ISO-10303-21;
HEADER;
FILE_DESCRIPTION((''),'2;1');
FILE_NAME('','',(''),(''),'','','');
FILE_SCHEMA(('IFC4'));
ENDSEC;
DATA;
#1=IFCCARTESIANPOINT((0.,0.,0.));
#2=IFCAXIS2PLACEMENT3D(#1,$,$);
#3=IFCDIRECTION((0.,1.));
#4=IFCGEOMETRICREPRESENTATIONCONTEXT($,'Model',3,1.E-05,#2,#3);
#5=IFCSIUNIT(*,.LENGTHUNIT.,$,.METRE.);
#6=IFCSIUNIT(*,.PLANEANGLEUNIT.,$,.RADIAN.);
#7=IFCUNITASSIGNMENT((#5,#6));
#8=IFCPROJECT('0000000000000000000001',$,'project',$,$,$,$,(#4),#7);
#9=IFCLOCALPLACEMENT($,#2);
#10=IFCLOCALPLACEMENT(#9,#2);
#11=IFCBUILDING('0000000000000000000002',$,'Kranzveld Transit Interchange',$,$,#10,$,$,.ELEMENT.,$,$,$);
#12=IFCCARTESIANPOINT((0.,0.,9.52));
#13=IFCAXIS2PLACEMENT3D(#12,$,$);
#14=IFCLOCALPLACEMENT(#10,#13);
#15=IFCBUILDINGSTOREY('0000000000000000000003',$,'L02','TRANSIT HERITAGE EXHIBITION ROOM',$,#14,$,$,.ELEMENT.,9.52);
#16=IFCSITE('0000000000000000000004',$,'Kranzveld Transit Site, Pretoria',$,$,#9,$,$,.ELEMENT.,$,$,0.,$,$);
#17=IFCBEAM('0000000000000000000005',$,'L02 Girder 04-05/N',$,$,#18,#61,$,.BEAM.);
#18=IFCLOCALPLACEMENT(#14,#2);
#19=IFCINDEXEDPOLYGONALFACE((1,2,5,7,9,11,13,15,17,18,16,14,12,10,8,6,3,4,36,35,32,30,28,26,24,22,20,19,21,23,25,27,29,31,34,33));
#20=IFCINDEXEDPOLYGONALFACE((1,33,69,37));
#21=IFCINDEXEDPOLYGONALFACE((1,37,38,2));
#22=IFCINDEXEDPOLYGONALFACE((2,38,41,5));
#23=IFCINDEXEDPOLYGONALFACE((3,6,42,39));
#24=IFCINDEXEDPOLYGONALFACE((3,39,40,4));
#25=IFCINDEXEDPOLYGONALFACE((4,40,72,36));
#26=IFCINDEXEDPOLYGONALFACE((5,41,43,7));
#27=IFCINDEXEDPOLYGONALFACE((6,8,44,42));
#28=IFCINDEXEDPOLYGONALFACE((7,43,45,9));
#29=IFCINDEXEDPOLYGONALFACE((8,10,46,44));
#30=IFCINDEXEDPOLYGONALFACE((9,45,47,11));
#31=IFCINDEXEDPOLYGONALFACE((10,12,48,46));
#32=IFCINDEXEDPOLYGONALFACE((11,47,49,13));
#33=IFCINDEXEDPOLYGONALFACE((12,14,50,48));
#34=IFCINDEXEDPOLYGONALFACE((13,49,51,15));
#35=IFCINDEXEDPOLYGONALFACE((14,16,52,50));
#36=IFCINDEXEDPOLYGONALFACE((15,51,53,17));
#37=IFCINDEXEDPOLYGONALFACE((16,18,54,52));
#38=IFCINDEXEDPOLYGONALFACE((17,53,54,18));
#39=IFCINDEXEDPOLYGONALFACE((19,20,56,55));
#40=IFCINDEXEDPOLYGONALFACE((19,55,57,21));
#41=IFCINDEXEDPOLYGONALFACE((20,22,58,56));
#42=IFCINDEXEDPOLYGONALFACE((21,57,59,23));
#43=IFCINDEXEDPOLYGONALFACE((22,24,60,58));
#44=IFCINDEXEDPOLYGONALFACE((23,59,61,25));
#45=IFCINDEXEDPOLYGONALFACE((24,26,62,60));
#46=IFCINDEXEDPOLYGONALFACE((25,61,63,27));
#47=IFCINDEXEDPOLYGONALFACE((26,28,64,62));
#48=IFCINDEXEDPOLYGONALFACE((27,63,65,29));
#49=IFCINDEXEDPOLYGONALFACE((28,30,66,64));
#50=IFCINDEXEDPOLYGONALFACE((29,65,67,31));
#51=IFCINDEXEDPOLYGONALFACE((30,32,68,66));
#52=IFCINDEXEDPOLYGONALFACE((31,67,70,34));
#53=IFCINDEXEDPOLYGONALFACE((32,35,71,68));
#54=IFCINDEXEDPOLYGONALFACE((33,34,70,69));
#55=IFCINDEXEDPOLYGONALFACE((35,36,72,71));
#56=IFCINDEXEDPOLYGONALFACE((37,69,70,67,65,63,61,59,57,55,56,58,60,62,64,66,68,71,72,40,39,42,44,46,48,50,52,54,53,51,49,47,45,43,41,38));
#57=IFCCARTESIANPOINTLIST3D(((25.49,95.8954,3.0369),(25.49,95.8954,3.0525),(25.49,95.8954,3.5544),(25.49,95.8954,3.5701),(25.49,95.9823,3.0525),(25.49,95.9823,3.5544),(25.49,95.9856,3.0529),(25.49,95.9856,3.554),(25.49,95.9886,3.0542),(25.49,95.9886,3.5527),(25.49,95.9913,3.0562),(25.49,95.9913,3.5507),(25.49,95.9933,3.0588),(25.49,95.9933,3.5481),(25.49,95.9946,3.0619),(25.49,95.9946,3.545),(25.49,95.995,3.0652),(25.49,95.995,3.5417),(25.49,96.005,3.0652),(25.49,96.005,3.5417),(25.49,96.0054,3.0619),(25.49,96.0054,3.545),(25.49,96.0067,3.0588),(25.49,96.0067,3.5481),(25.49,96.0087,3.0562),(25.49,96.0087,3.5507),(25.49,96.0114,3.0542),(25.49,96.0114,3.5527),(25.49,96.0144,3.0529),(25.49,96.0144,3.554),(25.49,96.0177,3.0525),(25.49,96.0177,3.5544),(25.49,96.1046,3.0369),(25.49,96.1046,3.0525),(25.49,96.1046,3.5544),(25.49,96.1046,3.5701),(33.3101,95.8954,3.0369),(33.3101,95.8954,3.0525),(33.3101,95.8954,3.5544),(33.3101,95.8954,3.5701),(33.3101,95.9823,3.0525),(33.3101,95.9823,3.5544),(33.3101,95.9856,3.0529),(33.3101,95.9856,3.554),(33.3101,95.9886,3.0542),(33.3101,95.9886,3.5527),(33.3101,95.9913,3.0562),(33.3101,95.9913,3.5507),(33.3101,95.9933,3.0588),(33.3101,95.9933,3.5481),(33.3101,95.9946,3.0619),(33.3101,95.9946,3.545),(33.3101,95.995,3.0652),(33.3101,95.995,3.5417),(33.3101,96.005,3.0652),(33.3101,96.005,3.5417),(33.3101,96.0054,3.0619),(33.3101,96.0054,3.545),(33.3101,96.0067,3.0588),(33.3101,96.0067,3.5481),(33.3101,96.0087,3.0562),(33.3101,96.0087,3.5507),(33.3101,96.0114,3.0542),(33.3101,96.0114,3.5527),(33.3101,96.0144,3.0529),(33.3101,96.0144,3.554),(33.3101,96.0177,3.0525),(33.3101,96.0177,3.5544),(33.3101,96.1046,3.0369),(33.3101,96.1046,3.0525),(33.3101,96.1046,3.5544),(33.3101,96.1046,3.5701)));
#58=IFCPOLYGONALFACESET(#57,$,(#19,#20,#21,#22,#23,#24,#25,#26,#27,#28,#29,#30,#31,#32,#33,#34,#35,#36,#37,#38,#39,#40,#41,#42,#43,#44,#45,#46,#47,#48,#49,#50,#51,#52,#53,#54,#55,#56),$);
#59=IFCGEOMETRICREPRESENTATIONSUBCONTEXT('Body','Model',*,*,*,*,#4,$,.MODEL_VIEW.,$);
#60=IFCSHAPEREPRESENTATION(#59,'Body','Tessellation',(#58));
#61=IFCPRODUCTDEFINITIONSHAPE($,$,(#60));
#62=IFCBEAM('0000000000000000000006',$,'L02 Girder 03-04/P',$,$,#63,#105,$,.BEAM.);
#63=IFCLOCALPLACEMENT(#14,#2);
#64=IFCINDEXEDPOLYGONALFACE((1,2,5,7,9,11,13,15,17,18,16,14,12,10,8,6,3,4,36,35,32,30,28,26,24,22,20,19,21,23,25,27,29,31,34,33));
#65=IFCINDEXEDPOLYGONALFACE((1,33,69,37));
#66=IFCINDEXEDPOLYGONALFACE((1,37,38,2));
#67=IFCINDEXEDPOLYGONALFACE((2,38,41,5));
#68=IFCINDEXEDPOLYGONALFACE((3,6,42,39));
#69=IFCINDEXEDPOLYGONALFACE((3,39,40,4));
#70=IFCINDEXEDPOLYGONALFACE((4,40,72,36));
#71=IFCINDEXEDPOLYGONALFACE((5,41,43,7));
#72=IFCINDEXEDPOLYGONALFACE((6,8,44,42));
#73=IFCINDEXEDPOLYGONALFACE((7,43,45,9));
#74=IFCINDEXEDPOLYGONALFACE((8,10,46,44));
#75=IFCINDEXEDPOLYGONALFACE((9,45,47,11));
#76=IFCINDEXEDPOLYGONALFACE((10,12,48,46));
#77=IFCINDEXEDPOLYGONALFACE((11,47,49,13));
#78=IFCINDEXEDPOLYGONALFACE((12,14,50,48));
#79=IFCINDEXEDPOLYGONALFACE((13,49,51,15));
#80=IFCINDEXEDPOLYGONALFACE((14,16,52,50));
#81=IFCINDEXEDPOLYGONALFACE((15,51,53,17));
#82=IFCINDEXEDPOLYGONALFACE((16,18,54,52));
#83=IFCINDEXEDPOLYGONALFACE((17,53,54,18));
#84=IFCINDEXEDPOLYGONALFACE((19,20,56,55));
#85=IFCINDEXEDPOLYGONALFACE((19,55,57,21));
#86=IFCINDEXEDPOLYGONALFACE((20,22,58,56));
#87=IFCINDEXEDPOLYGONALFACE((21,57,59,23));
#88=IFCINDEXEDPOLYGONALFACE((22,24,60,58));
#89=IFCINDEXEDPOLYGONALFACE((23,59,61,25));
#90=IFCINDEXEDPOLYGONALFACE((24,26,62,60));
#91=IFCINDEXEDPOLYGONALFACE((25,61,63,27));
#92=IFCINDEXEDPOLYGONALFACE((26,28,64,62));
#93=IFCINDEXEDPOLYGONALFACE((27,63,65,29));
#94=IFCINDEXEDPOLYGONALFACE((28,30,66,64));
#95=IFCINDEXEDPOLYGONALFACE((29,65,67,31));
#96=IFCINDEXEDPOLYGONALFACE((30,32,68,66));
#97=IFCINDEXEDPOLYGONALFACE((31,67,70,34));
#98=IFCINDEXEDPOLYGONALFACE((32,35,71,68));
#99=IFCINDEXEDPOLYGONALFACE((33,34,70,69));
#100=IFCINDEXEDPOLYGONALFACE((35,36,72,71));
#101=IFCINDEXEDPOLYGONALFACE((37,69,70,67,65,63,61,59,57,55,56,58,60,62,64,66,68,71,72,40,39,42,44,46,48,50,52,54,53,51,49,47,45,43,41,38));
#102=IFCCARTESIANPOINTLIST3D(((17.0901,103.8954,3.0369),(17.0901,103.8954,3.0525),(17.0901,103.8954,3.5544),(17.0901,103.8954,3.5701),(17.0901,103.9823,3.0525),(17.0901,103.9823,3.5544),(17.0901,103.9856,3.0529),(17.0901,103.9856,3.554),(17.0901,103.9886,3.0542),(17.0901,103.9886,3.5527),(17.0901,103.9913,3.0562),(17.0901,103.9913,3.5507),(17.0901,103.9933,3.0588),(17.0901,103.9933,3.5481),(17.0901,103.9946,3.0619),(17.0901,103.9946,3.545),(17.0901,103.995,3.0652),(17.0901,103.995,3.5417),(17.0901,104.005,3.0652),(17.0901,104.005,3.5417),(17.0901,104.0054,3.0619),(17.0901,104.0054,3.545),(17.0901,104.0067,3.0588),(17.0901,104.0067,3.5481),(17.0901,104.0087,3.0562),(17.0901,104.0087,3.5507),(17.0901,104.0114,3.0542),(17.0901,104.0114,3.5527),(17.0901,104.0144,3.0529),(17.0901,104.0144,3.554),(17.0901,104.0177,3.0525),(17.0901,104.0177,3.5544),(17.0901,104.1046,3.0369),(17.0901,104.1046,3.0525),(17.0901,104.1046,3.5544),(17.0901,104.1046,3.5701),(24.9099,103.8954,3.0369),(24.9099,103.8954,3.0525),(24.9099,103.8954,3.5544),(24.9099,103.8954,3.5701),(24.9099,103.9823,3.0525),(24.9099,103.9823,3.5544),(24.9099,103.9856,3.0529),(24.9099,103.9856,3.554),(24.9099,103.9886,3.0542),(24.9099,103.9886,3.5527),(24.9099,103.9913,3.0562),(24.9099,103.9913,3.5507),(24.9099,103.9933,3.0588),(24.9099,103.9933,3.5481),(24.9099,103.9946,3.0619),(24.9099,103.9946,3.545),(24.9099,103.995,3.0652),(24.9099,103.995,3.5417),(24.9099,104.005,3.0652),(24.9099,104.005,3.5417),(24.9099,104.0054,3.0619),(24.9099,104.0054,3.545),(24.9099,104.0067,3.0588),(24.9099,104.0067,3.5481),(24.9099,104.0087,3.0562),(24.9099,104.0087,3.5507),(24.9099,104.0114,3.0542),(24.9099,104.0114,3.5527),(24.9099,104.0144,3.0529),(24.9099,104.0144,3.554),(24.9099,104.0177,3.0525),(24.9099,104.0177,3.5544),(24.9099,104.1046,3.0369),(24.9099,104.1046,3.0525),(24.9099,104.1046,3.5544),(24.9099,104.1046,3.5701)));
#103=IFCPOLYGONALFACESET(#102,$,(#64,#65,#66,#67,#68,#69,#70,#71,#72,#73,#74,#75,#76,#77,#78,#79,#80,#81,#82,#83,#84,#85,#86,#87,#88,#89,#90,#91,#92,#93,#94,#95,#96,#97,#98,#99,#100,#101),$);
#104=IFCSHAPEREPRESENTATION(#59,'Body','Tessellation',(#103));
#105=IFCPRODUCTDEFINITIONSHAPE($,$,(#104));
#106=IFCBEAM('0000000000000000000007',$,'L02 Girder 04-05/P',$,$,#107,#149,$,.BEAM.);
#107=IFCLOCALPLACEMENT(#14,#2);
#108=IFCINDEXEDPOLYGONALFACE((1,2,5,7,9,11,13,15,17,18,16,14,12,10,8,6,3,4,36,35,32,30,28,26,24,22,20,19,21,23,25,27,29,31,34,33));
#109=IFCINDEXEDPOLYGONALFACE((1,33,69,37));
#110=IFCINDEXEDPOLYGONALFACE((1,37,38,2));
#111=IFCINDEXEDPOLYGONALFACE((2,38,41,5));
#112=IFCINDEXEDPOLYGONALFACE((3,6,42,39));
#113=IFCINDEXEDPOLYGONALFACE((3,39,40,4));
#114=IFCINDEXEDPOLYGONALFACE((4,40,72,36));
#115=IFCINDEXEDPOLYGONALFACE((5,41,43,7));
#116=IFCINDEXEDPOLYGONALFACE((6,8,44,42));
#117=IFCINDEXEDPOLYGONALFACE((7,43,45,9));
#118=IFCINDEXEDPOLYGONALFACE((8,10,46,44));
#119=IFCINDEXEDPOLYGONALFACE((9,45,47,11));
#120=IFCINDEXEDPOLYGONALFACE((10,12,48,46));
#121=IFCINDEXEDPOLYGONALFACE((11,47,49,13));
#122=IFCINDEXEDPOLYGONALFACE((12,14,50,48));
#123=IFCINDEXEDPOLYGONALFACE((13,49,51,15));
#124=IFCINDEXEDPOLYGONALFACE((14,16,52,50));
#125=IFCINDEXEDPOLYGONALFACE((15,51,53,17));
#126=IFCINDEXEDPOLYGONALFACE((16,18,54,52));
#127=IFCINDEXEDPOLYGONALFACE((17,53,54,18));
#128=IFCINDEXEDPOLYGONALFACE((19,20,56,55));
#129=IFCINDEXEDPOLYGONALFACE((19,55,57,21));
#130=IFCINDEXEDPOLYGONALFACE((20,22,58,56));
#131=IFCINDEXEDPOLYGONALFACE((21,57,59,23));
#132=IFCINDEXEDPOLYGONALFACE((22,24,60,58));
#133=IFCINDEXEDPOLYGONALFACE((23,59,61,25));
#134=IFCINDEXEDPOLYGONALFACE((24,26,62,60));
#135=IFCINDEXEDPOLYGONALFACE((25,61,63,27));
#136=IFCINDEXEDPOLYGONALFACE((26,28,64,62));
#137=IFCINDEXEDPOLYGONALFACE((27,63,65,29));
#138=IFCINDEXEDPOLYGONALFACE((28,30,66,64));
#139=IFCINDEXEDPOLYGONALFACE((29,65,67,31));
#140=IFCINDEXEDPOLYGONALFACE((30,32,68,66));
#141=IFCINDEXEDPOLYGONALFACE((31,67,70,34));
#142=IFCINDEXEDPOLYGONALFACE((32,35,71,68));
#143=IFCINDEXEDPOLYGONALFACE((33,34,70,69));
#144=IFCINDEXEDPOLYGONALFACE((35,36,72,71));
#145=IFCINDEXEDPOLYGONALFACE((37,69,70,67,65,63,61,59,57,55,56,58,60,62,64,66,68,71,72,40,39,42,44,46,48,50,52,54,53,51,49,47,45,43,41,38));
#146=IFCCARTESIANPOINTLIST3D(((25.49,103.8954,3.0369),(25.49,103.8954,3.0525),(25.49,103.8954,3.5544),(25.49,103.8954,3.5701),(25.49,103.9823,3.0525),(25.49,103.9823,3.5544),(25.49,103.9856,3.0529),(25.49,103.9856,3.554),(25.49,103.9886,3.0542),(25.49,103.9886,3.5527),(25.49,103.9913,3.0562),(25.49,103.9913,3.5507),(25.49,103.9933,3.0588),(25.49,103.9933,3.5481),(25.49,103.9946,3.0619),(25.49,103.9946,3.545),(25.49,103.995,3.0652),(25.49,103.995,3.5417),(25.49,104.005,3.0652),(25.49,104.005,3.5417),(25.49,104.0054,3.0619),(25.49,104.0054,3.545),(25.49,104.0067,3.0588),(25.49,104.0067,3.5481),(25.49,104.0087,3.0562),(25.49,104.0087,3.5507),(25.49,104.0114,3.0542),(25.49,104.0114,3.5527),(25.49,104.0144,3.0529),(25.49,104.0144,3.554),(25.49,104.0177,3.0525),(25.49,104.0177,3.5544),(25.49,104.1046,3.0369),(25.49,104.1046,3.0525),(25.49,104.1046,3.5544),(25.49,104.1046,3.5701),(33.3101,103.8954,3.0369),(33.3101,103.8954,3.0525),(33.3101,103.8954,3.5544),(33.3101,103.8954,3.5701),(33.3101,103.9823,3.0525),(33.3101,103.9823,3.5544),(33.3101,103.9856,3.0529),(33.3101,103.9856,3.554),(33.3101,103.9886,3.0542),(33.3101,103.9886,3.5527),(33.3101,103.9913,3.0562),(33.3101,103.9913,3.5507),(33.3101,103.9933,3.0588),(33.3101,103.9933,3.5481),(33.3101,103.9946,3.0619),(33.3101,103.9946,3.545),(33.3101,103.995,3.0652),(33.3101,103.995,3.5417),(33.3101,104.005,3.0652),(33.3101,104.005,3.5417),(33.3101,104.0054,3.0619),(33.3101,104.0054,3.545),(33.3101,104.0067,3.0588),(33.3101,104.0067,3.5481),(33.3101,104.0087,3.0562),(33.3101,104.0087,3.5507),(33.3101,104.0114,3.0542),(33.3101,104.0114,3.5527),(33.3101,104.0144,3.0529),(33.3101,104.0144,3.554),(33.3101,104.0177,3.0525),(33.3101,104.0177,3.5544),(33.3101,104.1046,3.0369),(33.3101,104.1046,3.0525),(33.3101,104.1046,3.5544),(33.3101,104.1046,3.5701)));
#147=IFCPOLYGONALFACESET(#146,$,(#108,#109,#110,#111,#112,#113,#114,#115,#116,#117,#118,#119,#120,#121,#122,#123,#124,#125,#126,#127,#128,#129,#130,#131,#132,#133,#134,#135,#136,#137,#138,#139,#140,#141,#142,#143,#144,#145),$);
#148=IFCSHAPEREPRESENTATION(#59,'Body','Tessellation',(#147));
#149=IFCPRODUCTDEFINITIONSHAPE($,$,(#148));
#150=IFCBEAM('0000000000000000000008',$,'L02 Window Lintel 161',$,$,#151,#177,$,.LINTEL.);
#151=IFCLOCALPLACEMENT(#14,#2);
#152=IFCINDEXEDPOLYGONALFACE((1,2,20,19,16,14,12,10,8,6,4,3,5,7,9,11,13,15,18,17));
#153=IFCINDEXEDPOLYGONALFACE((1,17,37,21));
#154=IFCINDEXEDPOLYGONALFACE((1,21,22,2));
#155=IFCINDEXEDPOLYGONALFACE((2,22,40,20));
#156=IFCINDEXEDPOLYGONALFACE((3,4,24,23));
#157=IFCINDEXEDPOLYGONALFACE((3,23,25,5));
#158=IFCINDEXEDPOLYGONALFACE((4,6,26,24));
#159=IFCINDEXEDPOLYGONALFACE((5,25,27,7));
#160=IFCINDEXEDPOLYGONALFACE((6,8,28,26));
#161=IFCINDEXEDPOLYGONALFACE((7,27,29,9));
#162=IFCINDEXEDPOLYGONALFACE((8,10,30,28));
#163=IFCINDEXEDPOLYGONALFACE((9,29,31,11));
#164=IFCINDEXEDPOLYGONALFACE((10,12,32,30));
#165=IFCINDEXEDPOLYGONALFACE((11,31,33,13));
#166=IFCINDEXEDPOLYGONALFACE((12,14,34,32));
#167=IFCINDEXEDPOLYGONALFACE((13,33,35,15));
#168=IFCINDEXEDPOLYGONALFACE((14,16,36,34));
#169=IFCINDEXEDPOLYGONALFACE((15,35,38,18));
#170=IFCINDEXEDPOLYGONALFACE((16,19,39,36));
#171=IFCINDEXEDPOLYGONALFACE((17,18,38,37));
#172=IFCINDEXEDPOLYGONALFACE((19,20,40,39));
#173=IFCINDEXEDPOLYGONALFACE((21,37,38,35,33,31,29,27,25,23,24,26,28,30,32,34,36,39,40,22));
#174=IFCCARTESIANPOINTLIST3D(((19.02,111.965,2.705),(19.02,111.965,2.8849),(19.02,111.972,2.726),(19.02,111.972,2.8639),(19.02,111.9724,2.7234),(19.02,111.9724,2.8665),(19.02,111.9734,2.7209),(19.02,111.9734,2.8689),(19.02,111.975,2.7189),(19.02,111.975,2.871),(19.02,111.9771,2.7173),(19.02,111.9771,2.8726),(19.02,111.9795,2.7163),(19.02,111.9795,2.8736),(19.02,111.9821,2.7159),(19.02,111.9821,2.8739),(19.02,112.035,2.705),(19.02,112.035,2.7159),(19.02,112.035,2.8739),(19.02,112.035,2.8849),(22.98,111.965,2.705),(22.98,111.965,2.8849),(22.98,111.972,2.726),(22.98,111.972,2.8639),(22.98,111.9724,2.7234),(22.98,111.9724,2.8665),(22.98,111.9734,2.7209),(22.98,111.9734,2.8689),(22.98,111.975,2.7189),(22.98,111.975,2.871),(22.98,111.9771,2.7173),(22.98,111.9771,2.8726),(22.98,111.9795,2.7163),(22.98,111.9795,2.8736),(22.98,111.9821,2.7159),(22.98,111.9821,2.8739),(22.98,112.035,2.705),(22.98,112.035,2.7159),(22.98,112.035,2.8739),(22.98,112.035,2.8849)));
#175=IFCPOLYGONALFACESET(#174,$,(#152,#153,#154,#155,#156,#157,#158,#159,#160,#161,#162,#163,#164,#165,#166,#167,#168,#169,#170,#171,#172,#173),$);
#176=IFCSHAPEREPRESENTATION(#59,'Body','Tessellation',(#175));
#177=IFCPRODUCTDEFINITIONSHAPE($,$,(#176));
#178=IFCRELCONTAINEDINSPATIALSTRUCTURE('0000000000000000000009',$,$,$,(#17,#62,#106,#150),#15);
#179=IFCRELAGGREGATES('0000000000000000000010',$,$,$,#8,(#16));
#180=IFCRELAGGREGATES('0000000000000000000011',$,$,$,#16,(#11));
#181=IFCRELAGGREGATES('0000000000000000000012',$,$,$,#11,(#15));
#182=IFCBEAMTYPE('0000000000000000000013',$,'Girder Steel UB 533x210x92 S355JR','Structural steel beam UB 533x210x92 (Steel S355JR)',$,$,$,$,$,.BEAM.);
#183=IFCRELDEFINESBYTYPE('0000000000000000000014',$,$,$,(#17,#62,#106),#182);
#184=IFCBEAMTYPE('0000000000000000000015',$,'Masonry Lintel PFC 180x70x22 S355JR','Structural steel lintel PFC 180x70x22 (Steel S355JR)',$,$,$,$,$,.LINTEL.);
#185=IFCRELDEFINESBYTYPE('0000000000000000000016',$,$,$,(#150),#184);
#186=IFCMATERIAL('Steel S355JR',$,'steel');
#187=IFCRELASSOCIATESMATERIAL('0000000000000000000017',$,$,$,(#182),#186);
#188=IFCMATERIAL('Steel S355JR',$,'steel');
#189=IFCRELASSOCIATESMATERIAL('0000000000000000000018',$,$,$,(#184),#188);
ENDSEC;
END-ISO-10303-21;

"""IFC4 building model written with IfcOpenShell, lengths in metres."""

from ifc_helpers import new_model, si_unit, direction, frame, origin, origin_2d, place, context, subcontext, project, spatial, i_section, u_section, extrude, material, material_profile, profile_set, type_object, element, save


model = new_model("IFC4")

# Units and contexts
model_context = context("Model", 3, precision=1e-05, world=origin(), true_north=direction((0.0, 1.0)))
body_context = subcontext(model_context, "Body", "Model", "MODEL_VIEW")
ifc_project = project(units=[si_unit("LENGTHUNIT", "METRE"), si_unit("PLANEANGLEUNIT", "RADIAN")], contexts=[model_context])

# Site, building, storey
site_placement = place(None, origin())
site = spatial("IfcSite", under=ifc_project, at=site_placement, Name="Kranzveld Transit Site, Pretoria", CompositionType="ELEMENT", RefElevation=0.0)
building_placement = place(site_placement, origin())
building = spatial("IfcBuilding", under=site, at=building_placement, Name="Kranzveld Transit Interchange", CompositionType="ELEMENT")
storey_placement = place(building_placement, frame((0.0, 0.0, 9.52)))
storey = spatial("IfcBuildingStorey", under=building, at=storey_placement, Name="L02", Description="TRANSIT HERITAGE EXHIBITION ROOM", CompositionType="ELEMENT", Elevation=9.52)

# Beams
ifc_material_1 = material(Name="Steel S355JR", Category="steel")
ifc_material_profile_1 = material_profile(ifc_material_1, i_section(OverallWidth=0.2092, OverallDepth=0.5332, WebThickness=0.01, FlangeThickness=0.0156, FilletRadius=0.0127, at=origin_2d()), Name="UB 533x210x92")
ifc_profile_set_1 = profile_set([ifc_material_profile_1], Name="Steel S355JR")
beam_type_1 = type_object("IfcBeamType", Name="Girder Steel UB 533x210x92 S355JR", Description="Structural steel beam UB 533x210x92 (Steel S355JR)", PredefinedType="BEAM", material=ifc_profile_set_1)
beam_1_placement = place(storey_placement, frame((25.49, 96.0, 3.3035), z_axis=(1.0, 0.0, 0.0), x_axis=(0.0, 1.0, 0.0)))
element("IfcBeam", 1, at=beam_1_placement, inside=storey, type_object=beam_type_1, Name="L02 Girder 04-05/N", PredefinedType="BEAM", context=body_context, shape_type="SweptSolid", body=[
    extrude(i_section(OverallWidth=0.2092, OverallDepth=0.5332, WebThickness=0.01, FlangeThickness=0.0156, FilletRadius=0.0127, at=origin_2d()), origin(), (0.0, 0.0, 1.0), 7.8201),
])
beam_2_placement = place(storey_placement, frame((17.0901, 104.0, 3.3035), z_axis=(1.0, 0.0, 0.0), x_axis=(0.0, 1.0, 0.0)))
element("IfcBeam", 2, at=beam_2_placement, inside=storey, type_object=beam_type_1, Name="L02 Girder 03-04/P", PredefinedType="BEAM", context=body_context, shape_type="SweptSolid", body=[
    extrude(i_section(OverallWidth=0.2092, OverallDepth=0.5332, WebThickness=0.01, FlangeThickness=0.0156, FilletRadius=0.0127, at=origin_2d()), origin(), (0.0, 0.0, 1.0), 7.8198),
])
beam_3_placement = place(storey_placement, frame((25.49, 104.0, 3.3035), z_axis=(1.0, 0.0, 0.0), x_axis=(0.0, 1.0, 0.0)))
element("IfcBeam", 3, at=beam_3_placement, inside=storey, type_object=beam_type_1, Name="L02 Girder 04-05/P", PredefinedType="BEAM", context=body_context, shape_type="SweptSolid", body=[
    extrude(i_section(OverallWidth=0.2092, OverallDepth=0.5332, WebThickness=0.01, FlangeThickness=0.0156, FilletRadius=0.0127, at=origin_2d()), origin(), (0.0, 0.0, 1.0), 7.8201),
])
ifc_material_2 = material(Name="Steel S355JR", Category="steel")
ifc_material_profile_2 = material_profile(ifc_material_2, u_section(Depth=0.1799, FlangeWidth=0.0701, WebThickness=0.0071, FlangeThickness=0.011, FilletRadius=0.01, at=origin_2d()), Name="PFC 180x70x22")
ifc_profile_set_2 = profile_set([ifc_material_profile_2], Name="Steel S355JR")
beam_type_2 = type_object("IfcBeamType", Name="Masonry Lintel PFC 180x70x22 S355JR", Description="Structural steel lintel PFC 180x70x22 (Steel S355JR)", PredefinedType="LINTEL", material=ifc_profile_set_2)
beam_4_placement = place(storey_placement, frame((19.02, 112.0, 2.7949), z_axis=(1.0, 0.0, 0.0), x_axis=(0.0, 1.0, 0.0)))
element("IfcBeam", 4, at=beam_4_placement, inside=storey, type_object=beam_type_2, Name="L02 Window Lintel 161", PredefinedType="LINTEL", context=body_context, shape_type="SweptSolid", body=[
    extrude(u_section(Depth=0.1799, FlangeWidth=0.0701, WebThickness=0.0071, FlangeThickness=0.011, FilletRadius=0.01, at=origin_2d()), origin(), (0.0, 0.0, 1.0), 3.96),
])

save(model, "model.ifc")
